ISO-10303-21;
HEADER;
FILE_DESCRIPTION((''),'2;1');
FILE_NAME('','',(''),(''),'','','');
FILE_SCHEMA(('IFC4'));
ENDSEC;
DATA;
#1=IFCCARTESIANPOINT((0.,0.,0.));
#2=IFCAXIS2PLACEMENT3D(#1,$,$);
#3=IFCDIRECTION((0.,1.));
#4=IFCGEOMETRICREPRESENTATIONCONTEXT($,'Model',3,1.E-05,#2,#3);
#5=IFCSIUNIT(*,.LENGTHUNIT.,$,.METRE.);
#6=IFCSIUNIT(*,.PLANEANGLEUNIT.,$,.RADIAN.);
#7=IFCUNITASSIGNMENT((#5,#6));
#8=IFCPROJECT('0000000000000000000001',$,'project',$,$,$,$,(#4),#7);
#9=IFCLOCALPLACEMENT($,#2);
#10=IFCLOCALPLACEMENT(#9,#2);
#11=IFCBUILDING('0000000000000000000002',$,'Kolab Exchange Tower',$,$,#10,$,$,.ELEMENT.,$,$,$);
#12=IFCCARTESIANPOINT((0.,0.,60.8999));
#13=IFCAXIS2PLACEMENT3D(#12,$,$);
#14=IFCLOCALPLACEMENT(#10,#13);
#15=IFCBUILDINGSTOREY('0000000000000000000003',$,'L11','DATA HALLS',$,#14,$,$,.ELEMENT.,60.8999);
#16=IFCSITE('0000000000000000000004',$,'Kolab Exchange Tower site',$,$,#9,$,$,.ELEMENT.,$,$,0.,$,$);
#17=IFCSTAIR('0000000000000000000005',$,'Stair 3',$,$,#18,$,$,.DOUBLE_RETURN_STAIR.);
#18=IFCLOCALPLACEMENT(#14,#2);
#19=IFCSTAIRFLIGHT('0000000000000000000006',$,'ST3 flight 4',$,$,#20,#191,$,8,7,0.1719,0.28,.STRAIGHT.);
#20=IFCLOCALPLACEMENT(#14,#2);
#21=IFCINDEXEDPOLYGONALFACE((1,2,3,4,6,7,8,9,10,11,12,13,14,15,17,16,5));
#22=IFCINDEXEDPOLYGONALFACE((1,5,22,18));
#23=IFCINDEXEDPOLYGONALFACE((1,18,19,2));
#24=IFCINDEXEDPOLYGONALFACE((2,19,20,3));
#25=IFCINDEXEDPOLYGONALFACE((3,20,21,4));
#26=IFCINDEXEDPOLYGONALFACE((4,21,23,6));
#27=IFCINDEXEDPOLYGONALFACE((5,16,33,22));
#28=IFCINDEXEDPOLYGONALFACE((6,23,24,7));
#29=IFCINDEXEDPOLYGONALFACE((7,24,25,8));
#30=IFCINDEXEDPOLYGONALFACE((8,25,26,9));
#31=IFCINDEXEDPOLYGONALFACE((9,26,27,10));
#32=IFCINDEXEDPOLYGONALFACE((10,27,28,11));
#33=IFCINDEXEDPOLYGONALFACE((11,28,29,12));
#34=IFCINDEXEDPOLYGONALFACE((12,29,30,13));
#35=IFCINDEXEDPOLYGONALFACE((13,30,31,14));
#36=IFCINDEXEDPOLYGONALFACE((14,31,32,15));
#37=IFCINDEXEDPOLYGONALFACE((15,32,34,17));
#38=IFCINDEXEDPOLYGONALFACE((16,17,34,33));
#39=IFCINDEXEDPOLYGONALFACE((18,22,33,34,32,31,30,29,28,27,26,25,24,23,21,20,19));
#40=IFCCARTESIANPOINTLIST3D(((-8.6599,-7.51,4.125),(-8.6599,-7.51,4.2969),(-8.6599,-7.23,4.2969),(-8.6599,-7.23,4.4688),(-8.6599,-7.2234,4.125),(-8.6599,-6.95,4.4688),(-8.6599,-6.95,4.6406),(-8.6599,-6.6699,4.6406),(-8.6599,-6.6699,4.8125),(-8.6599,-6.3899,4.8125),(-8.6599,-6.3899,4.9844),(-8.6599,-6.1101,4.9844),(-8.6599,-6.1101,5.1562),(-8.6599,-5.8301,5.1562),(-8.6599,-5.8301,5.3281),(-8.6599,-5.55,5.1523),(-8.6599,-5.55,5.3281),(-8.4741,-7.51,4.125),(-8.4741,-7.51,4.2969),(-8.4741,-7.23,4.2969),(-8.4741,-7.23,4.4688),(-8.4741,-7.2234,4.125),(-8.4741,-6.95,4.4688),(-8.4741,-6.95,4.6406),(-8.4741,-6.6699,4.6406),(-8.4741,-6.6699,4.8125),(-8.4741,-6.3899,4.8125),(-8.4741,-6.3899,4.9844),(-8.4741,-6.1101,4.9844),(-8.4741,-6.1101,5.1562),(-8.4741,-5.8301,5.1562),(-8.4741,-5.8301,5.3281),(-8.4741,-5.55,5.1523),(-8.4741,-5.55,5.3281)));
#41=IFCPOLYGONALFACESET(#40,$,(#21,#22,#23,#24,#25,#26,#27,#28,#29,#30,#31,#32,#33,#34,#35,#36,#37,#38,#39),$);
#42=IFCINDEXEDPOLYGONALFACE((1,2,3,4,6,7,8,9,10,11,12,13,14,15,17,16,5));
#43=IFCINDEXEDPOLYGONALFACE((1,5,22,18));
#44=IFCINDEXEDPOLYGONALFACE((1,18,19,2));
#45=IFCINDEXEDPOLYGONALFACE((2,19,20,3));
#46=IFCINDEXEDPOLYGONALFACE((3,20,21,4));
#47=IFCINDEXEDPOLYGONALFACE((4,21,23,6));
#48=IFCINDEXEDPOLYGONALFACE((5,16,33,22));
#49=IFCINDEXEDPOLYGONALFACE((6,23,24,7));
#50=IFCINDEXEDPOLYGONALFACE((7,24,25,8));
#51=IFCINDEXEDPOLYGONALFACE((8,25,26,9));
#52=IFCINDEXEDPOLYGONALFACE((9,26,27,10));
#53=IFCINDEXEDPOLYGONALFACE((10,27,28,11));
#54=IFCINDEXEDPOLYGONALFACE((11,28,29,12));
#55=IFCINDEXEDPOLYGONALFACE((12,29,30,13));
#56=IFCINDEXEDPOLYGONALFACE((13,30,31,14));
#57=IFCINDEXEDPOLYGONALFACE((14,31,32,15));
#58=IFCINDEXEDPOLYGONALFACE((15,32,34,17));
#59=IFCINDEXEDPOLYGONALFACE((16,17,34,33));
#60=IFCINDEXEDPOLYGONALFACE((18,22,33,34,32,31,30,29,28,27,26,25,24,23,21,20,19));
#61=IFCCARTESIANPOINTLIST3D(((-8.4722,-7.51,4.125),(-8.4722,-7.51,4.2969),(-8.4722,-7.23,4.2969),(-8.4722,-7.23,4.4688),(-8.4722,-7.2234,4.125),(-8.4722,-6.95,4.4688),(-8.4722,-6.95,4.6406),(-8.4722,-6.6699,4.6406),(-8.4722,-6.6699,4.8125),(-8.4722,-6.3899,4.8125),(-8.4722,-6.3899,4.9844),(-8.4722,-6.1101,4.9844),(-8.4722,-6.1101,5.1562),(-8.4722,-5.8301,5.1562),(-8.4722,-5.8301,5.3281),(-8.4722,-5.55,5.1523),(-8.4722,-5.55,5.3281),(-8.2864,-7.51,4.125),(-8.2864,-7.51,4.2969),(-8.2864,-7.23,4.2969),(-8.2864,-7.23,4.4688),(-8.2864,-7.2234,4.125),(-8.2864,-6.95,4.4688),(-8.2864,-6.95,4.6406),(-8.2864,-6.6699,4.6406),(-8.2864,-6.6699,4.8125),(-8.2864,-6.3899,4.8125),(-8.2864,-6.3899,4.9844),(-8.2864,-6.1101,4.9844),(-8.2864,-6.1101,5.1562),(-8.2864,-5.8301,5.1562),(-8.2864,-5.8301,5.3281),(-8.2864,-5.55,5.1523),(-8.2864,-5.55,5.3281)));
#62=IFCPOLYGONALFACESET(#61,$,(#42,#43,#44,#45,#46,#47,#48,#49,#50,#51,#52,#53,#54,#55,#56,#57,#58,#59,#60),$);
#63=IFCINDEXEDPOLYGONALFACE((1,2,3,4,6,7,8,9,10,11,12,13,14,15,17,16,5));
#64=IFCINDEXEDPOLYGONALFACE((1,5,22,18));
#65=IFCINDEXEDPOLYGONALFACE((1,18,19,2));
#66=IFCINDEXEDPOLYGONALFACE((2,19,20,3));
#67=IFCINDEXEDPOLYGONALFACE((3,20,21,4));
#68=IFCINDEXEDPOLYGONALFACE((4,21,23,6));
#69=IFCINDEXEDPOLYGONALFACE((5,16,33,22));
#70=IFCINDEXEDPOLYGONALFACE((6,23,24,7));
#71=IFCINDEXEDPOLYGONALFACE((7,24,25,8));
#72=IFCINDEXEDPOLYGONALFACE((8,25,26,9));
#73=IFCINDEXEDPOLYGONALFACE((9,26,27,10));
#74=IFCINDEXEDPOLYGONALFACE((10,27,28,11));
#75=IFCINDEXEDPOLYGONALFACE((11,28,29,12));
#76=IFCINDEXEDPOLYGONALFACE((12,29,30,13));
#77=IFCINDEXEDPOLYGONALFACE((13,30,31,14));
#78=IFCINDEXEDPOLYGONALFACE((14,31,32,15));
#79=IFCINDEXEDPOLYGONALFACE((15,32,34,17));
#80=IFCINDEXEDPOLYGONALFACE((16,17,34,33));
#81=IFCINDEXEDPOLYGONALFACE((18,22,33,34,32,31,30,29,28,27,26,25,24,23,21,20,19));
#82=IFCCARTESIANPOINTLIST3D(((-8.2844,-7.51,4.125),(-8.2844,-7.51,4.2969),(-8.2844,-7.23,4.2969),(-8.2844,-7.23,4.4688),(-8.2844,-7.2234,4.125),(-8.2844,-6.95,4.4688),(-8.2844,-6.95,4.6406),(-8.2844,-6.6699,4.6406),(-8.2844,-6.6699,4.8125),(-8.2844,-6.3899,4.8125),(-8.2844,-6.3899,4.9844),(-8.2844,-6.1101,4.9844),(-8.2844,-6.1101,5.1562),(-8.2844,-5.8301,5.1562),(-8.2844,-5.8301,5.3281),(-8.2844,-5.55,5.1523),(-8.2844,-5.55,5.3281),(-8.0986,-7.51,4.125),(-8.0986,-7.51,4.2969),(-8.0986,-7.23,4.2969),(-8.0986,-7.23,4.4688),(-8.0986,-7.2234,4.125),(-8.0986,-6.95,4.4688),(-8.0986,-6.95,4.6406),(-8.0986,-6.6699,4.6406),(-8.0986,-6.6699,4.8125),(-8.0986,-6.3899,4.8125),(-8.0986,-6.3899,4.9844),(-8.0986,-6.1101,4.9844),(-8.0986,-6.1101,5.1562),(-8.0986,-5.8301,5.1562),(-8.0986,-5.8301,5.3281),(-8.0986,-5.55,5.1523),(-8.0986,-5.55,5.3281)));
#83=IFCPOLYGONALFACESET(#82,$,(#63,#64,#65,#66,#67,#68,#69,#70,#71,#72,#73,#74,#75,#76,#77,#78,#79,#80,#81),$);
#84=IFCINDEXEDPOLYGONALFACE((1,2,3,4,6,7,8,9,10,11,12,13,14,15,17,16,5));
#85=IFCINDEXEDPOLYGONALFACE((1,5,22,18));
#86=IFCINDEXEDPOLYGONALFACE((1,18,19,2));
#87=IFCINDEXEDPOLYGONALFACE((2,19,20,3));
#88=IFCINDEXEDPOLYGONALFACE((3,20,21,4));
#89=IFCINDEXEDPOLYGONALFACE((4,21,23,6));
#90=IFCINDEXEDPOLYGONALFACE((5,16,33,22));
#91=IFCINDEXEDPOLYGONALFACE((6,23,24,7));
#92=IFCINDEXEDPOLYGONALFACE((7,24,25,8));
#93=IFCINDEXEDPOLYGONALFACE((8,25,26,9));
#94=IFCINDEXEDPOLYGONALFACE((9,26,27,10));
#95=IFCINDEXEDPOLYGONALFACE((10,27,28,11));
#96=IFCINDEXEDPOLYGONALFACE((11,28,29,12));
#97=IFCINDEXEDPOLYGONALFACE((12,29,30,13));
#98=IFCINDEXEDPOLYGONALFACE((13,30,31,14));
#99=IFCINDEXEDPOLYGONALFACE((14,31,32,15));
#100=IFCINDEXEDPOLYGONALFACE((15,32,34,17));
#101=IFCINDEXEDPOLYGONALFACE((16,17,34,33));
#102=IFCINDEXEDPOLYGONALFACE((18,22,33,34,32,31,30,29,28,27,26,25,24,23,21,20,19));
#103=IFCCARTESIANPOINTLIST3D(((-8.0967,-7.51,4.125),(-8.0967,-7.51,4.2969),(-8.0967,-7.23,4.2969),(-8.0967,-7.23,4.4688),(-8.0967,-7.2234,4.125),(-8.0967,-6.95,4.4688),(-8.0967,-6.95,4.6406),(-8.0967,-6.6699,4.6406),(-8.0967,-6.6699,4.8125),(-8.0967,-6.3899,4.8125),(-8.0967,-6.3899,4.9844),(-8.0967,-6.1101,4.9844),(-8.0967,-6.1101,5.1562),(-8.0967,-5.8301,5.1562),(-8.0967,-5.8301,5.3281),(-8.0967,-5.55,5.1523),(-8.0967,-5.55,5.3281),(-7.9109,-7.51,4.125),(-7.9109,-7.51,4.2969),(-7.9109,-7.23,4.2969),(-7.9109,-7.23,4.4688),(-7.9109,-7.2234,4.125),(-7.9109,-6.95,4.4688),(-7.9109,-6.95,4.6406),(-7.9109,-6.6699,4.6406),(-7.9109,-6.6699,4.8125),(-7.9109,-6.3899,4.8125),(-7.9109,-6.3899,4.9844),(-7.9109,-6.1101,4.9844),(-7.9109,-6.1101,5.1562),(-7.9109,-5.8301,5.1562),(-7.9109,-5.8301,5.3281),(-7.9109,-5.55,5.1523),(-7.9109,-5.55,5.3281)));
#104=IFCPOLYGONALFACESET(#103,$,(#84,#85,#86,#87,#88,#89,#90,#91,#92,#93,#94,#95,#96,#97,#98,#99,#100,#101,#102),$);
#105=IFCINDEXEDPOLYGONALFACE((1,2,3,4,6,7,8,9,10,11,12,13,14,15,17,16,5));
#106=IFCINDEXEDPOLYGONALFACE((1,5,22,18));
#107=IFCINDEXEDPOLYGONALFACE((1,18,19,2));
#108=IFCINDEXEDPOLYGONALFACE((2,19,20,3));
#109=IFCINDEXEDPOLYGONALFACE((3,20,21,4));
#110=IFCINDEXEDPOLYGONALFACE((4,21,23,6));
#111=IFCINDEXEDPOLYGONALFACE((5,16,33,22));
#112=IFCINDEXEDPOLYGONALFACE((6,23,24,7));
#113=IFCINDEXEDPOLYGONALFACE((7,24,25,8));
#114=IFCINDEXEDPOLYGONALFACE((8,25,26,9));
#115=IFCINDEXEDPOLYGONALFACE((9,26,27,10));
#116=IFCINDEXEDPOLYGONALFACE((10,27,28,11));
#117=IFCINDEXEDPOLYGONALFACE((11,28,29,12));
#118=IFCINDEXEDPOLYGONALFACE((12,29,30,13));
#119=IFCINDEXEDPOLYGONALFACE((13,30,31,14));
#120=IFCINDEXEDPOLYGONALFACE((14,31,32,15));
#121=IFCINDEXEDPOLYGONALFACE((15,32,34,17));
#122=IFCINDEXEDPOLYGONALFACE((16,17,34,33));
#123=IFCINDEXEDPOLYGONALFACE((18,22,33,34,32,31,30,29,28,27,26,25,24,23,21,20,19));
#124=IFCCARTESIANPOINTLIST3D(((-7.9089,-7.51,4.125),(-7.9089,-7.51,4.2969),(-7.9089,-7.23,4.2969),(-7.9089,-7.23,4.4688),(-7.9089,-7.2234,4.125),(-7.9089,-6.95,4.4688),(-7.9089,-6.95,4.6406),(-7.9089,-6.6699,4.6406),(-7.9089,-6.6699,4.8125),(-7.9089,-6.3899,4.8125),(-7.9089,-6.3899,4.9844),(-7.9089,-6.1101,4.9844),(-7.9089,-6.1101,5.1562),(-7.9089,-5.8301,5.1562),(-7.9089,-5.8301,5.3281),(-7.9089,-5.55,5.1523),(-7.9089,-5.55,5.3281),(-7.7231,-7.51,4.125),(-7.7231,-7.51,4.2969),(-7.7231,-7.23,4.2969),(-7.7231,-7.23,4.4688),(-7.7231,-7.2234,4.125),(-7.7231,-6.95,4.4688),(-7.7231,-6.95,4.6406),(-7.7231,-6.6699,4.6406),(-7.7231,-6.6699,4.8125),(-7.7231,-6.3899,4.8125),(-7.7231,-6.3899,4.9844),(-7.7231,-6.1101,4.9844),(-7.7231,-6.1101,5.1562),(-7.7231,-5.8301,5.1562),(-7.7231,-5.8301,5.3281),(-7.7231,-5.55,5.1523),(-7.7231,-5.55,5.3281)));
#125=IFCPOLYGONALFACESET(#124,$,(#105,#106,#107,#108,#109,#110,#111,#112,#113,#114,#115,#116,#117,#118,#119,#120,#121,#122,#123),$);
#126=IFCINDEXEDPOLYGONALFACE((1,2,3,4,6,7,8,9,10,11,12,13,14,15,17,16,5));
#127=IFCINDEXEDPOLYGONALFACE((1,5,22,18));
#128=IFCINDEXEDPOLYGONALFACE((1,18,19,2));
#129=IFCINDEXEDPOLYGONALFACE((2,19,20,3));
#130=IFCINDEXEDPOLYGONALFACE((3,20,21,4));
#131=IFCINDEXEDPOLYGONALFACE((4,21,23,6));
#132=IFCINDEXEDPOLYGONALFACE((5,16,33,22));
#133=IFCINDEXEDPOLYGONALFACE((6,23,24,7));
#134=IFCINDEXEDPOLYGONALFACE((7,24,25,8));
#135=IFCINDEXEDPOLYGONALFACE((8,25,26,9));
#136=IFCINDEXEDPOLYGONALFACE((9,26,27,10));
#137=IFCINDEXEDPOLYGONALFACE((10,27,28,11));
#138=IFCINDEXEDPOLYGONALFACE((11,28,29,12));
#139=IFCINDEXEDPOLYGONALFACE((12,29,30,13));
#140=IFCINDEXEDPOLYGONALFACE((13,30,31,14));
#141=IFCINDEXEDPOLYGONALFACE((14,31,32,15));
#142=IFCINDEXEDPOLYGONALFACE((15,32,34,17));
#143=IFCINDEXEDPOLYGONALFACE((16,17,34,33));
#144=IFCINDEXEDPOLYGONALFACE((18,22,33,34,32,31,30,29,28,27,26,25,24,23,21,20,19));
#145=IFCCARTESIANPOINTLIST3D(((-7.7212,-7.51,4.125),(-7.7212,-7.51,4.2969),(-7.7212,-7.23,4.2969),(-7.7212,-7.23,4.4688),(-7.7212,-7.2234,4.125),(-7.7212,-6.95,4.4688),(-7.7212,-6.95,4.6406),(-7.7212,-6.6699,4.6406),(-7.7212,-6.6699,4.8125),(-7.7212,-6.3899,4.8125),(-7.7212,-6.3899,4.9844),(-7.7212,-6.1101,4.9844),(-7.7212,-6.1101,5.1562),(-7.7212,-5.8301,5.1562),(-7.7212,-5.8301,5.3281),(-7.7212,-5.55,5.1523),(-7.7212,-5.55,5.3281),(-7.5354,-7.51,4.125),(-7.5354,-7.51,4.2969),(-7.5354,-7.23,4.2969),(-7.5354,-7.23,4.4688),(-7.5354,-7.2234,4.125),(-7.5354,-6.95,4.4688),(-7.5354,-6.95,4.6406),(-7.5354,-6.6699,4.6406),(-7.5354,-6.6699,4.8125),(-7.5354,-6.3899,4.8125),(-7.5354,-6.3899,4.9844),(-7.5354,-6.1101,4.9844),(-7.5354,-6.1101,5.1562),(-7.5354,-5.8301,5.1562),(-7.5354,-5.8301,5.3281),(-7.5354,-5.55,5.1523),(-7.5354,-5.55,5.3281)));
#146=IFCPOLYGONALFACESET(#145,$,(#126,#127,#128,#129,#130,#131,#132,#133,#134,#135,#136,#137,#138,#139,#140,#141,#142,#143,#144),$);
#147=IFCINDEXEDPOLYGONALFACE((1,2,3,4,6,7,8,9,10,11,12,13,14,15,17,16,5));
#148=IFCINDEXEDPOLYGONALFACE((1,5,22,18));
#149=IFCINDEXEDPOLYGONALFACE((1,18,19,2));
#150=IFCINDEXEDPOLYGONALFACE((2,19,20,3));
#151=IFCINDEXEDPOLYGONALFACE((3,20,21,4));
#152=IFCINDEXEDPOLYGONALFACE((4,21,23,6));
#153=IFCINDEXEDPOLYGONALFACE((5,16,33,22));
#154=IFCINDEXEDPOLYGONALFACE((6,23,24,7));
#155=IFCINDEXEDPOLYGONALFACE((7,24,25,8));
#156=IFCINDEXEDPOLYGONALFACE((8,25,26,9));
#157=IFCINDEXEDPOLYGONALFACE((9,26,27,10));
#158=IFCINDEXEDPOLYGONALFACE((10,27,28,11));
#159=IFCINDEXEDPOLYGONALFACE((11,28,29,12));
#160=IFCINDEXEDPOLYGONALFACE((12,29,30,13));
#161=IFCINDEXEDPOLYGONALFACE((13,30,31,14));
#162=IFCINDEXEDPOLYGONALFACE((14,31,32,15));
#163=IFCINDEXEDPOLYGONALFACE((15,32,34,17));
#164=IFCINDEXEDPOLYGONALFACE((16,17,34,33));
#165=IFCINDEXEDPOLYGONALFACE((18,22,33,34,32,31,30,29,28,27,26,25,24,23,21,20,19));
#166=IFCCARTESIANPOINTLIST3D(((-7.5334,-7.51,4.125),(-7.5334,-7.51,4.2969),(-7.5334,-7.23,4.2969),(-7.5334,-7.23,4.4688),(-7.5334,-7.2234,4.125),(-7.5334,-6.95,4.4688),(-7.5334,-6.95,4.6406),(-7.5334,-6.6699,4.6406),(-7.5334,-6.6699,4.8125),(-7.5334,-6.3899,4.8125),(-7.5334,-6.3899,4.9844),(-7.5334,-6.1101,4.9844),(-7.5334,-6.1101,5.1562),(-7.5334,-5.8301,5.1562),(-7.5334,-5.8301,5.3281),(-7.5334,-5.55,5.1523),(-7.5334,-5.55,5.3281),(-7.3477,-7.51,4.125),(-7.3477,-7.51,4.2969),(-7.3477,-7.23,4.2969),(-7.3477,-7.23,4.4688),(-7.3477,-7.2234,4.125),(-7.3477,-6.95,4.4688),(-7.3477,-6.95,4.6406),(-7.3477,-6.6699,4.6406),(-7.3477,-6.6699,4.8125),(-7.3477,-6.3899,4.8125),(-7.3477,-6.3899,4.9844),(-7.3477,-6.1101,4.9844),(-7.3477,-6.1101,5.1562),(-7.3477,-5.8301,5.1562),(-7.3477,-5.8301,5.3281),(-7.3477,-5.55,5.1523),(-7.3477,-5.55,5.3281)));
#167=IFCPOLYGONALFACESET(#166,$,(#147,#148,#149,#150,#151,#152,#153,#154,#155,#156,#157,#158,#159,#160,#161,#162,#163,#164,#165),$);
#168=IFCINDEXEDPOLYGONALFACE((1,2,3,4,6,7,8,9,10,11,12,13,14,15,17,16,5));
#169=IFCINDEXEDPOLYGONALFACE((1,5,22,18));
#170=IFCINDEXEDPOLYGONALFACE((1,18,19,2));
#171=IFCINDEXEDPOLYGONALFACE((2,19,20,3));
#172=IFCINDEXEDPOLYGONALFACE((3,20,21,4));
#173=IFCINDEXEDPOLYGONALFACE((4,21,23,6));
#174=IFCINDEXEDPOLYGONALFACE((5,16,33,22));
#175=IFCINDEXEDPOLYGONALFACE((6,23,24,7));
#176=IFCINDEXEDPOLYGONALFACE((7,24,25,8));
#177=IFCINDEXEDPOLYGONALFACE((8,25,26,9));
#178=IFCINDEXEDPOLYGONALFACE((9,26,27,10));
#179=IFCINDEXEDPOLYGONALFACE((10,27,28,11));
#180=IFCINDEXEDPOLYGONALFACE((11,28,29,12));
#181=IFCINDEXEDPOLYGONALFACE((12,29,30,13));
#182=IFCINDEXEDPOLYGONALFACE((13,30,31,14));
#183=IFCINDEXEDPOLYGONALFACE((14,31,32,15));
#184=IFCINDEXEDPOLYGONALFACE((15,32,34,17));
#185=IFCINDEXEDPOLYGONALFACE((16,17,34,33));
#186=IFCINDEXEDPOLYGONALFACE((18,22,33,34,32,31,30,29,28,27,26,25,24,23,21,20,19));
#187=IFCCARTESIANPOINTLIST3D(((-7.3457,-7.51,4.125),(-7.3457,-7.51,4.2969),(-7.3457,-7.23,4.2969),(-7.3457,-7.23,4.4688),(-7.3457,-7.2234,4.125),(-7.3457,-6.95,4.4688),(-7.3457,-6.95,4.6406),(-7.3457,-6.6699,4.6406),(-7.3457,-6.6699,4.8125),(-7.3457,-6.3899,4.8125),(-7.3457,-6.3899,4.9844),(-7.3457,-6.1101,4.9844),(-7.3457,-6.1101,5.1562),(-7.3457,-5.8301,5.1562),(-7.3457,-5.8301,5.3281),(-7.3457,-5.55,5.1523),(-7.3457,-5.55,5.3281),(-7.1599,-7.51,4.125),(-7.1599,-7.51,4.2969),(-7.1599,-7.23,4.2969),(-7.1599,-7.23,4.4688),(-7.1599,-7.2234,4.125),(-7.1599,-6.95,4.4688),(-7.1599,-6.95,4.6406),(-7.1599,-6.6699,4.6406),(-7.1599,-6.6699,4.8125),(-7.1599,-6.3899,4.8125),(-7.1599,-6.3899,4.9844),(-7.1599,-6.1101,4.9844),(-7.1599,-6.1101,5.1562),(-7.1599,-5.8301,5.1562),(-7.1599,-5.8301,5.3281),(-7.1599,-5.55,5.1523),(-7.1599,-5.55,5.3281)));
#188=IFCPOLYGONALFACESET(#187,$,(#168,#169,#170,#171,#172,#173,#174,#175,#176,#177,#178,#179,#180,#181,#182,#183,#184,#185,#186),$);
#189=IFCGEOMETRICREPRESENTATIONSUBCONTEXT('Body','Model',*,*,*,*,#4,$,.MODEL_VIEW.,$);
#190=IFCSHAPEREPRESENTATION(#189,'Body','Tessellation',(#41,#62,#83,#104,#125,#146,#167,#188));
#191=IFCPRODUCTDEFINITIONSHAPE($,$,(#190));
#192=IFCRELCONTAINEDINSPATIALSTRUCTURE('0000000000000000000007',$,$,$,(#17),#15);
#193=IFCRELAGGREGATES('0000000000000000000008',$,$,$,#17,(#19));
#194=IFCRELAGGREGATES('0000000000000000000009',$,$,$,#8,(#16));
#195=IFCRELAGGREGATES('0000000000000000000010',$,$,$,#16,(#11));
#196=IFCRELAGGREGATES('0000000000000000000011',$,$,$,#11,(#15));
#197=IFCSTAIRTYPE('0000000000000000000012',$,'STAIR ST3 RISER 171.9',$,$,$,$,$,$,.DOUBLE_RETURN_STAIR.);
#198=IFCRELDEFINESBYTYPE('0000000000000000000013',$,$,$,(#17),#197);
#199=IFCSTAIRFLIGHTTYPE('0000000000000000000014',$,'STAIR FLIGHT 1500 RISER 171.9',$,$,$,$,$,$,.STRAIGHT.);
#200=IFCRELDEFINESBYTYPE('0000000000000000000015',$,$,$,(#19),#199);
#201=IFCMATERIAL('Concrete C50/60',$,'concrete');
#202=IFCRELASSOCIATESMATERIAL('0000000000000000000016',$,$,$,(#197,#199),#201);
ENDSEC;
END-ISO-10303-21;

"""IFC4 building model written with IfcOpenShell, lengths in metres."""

from ifc_helpers import new_model, si_unit, direction, frame, origin, place, context, subcontext, project, spatial, polyline, outline, extrude, material, type_object, element, aggregate, save


model = new_model("IFC4")

# Units and contexts
model_context = context("Model", 3, precision=1e-05, world=origin(), true_north=direction((0.0, 1.0)))
body_context = subcontext(model_context, "Body", "Model", "MODEL_VIEW")
ifc_project = project(units=[si_unit("LENGTHUNIT", "METRE"), si_unit("PLANEANGLEUNIT", "RADIAN")], contexts=[model_context])

# Site, building, storey
site_placement = place(None, origin())
site = spatial("IfcSite", under=ifc_project, at=site_placement, Name="Kolab Exchange Tower site", CompositionType="ELEMENT", RefElevation=0.0)
building_placement = place(site_placement, origin())
building = spatial("IfcBuilding", under=site, at=building_placement, Name="Kolab Exchange Tower", CompositionType="ELEMENT")
storey_placement = place(building_placement, frame((0.0, 0.0, 60.8999)))
storey = spatial("IfcBuildingStorey", under=building, at=storey_placement, Name="L11", Description="DATA HALLS", CompositionType="ELEMENT", Elevation=60.8999)

# Shared definitions
ifc_material_1 = material(Name="Concrete C50/60", Category="concrete")

# Stair, stair flight
stair_type = type_object("IfcStairType", Name="STAIR ST3 RISER 171.9", PredefinedType="DOUBLE_RETURN_STAIR", material=ifc_material_1)
stair_placement = place(storey_placement, origin())
stair = element("IfcStair", 1, at=stair_placement, inside=storey, type_object=stair_type, Name="Stair 3", PredefinedType="DOUBLE_RETURN_STAIR")
stair_flight_type = type_object("IfcStairFlightType", Name="STAIR FLIGHT 1500 RISER 171.9", PredefinedType="STRAIGHT", material=ifc_material_1)
stair_flight_1_placement = place(storey_placement, frame((-7.9099, -7.51, 4.125), z_axis=(0.0, 0.0, 1.0), x_axis=(0.0, 1.0, 0.0)))
stair_flight_1 = element("IfcStairFlight", 2, at=stair_flight_1_placement, type_object=stair_flight_type, Name="ST3 flight 4", NumberOfRisers=8, NumberOfTreads=7, PredefinedType="STRAIGHT", RiserHeight=0.1719, TreadLength=0.28, context=body_context, shape_type="SweptSolid", body=[
    extrude(outline(polyline([(0.0, 0.0), (0.0, 0.1719), (0.28, 0.1719), (0.28, 0.3438), (0.5601, 0.3438), (0.5601, 0.5156), (0.8401, 0.5156), (0.8401, 0.6875), (1.1201, 0.6875), (1.1201, 0.8594), (1.3999, 0.8594), (1.3999, 1.0312), (1.6799, 1.0312), (1.6799, 1.2031), (1.96, 1.2031), (1.96, 1.375), (1.96, 1.0273), (0.2866, 0.0), (0.0, 0.0)])), frame((0.0, 0.75, 0.0), z_axis=(0.0, -1.0, 0.0), x_axis=(1.0, 0.0, 0.0)), (0.0, 0.0, 1.0), 0.1858),
    extrude(outline(polyline([(0.0, 0.0), (0.0, 0.1719), (0.28, 0.1719), (0.28, 0.3438), (0.5601, 0.3438), (0.5601, 0.5156), (0.8401, 0.5156), (0.8401, 0.6875), (1.1201, 0.6875), (1.1201, 0.8594), (1.3999, 0.8594), (1.3999, 1.0312), (1.6799, 1.0312), (1.6799, 1.2031), (1.96, 1.2031), (1.96, 1.375), (1.96, 1.0273), (0.2866, 0.0), (0.0, 0.0)])), frame((0.0, 0.5623, 0.0), z_axis=(0.0, -1.0, 0.0), x_axis=(1.0, 0.0, 0.0)), (0.0, 0.0, 1.0), 0.1858),
    extrude(outline(polyline([(0.0, 0.0), (0.0, 0.1719), (0.28, 0.1719), (0.28, 0.3438), (0.5601, 0.3438), (0.5601, 0.5156), (0.8401, 0.5156), (0.8401, 0.6875), (1.1201, 0.6875), (1.1201, 0.8594), (1.3999, 0.8594), (1.3999, 1.0312), (1.6799, 1.0312), (1.6799, 1.2031), (1.96, 1.2031), (1.96, 1.375), (1.96, 1.0273), (0.2866, 0.0), (0.0, 0.0)])), frame((0.0, 0.3745, 0.0), z_axis=(0.0, -1.0, 0.0), x_axis=(1.0, 0.0, 0.0)), (0.0, 0.0, 1.0), 0.1858),
    extrude(outline(polyline([(0.0, 0.0), (0.0, 0.1719), (0.28, 0.1719), (0.28, 0.3438), (0.5601, 0.3438), (0.5601, 0.5156), (0.8401, 0.5156), (0.8401, 0.6875), (1.1201, 0.6875), (1.1201, 0.8594), (1.3999, 0.8594), (1.3999, 1.0312), (1.6799, 1.0312), (1.6799, 1.2031), (1.96, 1.2031), (1.96, 1.375), (1.96, 1.0273), (0.2866, 0.0), (0.0, 0.0)])), frame((0.0, 0.1868, 0.0), z_axis=(0.0, -1.0, 0.0), x_axis=(1.0, 0.0, 0.0)), (0.0, 0.0, 1.0), 0.1858),
    extrude(outline(polyline([(0.0, 0.0), (0.0, 0.1719), (0.28, 0.1719), (0.28, 0.3438), (0.5601, 0.3438), (0.5601, 0.5156), (0.8401, 0.5156), (0.8401, 0.6875), (1.1201, 0.6875), (1.1201, 0.8594), (1.3999, 0.8594), (1.3999, 1.0312), (1.6799, 1.0312), (1.6799, 1.2031), (1.96, 1.2031), (1.96, 1.375), (1.96, 1.0273), (0.2866, 0.0), (0.0, 0.0)])), frame((0.0, -0.001, 0.0), z_axis=(0.0, -1.0, 0.0), x_axis=(1.0, 0.0, 0.0)), (0.0, 0.0, 1.0), 0.1858),
    extrude(outline(polyline([(0.0, 0.0), (0.0, 0.1719), (0.28, 0.1719), (0.28, 0.3438), (0.5601, 0.3438), (0.5601, 0.5156), (0.8401, 0.5156), (0.8401, 0.6875), (1.1201, 0.6875), (1.1201, 0.8594), (1.3999, 0.8594), (1.3999, 1.0312), (1.6799, 1.0312), (1.6799, 1.2031), (1.96, 1.2031), (1.96, 1.375), (1.96, 1.0273), (0.2866, 0.0), (0.0, 0.0)])), frame((0.0, -0.1887, 0.0), z_axis=(0.0, -1.0, 0.0), x_axis=(1.0, 0.0, 0.0)), (0.0, 0.0, 1.0), 0.1858),
    extrude(outline(polyline([(0.0, 0.0), (0.0, 0.1719), (0.28, 0.1719), (0.28, 0.3438), (0.5601, 0.3438), (0.5601, 0.5156), (0.8401, 0.5156), (0.8401, 0.6875), (1.1201, 0.6875), (1.1201, 0.8594), (1.3999, 0.8594), (1.3999, 1.0312), (1.6799, 1.0312), (1.6799, 1.2031), (1.96, 1.2031), (1.96, 1.375), (1.96, 1.0273), (0.2866, 0.0), (0.0, 0.0)])), frame((0.0, -0.3765, 0.0), z_axis=(0.0, -1.0, 0.0), x_axis=(1.0, 0.0, 0.0)), (0.0, 0.0, 1.0), 0.1858),
    extrude(outline(polyline([(0.0, 0.0), (0.0, 0.1719), (0.28, 0.1719), (0.28, 0.3438), (0.5601, 0.3438), (0.5601, 0.5156), (0.8401, 0.5156), (0.8401, 0.6875), (1.1201, 0.6875), (1.1201, 0.8594), (1.3999, 0.8594), (1.3999, 1.0312), (1.6799, 1.0312), (1.6799, 1.2031), (1.96, 1.2031), (1.96, 1.375), (1.96, 1.0273), (0.2866, 0.0), (0.0, 0.0)])), frame((0.0, -0.5642, 0.0), z_axis=(0.0, -1.0, 0.0), x_axis=(1.0, 0.0, 0.0)), (0.0, 0.0, 1.0), 0.1858),
])
aggregate(stair, [stair_flight_1])

save(model, "model.ifc")
